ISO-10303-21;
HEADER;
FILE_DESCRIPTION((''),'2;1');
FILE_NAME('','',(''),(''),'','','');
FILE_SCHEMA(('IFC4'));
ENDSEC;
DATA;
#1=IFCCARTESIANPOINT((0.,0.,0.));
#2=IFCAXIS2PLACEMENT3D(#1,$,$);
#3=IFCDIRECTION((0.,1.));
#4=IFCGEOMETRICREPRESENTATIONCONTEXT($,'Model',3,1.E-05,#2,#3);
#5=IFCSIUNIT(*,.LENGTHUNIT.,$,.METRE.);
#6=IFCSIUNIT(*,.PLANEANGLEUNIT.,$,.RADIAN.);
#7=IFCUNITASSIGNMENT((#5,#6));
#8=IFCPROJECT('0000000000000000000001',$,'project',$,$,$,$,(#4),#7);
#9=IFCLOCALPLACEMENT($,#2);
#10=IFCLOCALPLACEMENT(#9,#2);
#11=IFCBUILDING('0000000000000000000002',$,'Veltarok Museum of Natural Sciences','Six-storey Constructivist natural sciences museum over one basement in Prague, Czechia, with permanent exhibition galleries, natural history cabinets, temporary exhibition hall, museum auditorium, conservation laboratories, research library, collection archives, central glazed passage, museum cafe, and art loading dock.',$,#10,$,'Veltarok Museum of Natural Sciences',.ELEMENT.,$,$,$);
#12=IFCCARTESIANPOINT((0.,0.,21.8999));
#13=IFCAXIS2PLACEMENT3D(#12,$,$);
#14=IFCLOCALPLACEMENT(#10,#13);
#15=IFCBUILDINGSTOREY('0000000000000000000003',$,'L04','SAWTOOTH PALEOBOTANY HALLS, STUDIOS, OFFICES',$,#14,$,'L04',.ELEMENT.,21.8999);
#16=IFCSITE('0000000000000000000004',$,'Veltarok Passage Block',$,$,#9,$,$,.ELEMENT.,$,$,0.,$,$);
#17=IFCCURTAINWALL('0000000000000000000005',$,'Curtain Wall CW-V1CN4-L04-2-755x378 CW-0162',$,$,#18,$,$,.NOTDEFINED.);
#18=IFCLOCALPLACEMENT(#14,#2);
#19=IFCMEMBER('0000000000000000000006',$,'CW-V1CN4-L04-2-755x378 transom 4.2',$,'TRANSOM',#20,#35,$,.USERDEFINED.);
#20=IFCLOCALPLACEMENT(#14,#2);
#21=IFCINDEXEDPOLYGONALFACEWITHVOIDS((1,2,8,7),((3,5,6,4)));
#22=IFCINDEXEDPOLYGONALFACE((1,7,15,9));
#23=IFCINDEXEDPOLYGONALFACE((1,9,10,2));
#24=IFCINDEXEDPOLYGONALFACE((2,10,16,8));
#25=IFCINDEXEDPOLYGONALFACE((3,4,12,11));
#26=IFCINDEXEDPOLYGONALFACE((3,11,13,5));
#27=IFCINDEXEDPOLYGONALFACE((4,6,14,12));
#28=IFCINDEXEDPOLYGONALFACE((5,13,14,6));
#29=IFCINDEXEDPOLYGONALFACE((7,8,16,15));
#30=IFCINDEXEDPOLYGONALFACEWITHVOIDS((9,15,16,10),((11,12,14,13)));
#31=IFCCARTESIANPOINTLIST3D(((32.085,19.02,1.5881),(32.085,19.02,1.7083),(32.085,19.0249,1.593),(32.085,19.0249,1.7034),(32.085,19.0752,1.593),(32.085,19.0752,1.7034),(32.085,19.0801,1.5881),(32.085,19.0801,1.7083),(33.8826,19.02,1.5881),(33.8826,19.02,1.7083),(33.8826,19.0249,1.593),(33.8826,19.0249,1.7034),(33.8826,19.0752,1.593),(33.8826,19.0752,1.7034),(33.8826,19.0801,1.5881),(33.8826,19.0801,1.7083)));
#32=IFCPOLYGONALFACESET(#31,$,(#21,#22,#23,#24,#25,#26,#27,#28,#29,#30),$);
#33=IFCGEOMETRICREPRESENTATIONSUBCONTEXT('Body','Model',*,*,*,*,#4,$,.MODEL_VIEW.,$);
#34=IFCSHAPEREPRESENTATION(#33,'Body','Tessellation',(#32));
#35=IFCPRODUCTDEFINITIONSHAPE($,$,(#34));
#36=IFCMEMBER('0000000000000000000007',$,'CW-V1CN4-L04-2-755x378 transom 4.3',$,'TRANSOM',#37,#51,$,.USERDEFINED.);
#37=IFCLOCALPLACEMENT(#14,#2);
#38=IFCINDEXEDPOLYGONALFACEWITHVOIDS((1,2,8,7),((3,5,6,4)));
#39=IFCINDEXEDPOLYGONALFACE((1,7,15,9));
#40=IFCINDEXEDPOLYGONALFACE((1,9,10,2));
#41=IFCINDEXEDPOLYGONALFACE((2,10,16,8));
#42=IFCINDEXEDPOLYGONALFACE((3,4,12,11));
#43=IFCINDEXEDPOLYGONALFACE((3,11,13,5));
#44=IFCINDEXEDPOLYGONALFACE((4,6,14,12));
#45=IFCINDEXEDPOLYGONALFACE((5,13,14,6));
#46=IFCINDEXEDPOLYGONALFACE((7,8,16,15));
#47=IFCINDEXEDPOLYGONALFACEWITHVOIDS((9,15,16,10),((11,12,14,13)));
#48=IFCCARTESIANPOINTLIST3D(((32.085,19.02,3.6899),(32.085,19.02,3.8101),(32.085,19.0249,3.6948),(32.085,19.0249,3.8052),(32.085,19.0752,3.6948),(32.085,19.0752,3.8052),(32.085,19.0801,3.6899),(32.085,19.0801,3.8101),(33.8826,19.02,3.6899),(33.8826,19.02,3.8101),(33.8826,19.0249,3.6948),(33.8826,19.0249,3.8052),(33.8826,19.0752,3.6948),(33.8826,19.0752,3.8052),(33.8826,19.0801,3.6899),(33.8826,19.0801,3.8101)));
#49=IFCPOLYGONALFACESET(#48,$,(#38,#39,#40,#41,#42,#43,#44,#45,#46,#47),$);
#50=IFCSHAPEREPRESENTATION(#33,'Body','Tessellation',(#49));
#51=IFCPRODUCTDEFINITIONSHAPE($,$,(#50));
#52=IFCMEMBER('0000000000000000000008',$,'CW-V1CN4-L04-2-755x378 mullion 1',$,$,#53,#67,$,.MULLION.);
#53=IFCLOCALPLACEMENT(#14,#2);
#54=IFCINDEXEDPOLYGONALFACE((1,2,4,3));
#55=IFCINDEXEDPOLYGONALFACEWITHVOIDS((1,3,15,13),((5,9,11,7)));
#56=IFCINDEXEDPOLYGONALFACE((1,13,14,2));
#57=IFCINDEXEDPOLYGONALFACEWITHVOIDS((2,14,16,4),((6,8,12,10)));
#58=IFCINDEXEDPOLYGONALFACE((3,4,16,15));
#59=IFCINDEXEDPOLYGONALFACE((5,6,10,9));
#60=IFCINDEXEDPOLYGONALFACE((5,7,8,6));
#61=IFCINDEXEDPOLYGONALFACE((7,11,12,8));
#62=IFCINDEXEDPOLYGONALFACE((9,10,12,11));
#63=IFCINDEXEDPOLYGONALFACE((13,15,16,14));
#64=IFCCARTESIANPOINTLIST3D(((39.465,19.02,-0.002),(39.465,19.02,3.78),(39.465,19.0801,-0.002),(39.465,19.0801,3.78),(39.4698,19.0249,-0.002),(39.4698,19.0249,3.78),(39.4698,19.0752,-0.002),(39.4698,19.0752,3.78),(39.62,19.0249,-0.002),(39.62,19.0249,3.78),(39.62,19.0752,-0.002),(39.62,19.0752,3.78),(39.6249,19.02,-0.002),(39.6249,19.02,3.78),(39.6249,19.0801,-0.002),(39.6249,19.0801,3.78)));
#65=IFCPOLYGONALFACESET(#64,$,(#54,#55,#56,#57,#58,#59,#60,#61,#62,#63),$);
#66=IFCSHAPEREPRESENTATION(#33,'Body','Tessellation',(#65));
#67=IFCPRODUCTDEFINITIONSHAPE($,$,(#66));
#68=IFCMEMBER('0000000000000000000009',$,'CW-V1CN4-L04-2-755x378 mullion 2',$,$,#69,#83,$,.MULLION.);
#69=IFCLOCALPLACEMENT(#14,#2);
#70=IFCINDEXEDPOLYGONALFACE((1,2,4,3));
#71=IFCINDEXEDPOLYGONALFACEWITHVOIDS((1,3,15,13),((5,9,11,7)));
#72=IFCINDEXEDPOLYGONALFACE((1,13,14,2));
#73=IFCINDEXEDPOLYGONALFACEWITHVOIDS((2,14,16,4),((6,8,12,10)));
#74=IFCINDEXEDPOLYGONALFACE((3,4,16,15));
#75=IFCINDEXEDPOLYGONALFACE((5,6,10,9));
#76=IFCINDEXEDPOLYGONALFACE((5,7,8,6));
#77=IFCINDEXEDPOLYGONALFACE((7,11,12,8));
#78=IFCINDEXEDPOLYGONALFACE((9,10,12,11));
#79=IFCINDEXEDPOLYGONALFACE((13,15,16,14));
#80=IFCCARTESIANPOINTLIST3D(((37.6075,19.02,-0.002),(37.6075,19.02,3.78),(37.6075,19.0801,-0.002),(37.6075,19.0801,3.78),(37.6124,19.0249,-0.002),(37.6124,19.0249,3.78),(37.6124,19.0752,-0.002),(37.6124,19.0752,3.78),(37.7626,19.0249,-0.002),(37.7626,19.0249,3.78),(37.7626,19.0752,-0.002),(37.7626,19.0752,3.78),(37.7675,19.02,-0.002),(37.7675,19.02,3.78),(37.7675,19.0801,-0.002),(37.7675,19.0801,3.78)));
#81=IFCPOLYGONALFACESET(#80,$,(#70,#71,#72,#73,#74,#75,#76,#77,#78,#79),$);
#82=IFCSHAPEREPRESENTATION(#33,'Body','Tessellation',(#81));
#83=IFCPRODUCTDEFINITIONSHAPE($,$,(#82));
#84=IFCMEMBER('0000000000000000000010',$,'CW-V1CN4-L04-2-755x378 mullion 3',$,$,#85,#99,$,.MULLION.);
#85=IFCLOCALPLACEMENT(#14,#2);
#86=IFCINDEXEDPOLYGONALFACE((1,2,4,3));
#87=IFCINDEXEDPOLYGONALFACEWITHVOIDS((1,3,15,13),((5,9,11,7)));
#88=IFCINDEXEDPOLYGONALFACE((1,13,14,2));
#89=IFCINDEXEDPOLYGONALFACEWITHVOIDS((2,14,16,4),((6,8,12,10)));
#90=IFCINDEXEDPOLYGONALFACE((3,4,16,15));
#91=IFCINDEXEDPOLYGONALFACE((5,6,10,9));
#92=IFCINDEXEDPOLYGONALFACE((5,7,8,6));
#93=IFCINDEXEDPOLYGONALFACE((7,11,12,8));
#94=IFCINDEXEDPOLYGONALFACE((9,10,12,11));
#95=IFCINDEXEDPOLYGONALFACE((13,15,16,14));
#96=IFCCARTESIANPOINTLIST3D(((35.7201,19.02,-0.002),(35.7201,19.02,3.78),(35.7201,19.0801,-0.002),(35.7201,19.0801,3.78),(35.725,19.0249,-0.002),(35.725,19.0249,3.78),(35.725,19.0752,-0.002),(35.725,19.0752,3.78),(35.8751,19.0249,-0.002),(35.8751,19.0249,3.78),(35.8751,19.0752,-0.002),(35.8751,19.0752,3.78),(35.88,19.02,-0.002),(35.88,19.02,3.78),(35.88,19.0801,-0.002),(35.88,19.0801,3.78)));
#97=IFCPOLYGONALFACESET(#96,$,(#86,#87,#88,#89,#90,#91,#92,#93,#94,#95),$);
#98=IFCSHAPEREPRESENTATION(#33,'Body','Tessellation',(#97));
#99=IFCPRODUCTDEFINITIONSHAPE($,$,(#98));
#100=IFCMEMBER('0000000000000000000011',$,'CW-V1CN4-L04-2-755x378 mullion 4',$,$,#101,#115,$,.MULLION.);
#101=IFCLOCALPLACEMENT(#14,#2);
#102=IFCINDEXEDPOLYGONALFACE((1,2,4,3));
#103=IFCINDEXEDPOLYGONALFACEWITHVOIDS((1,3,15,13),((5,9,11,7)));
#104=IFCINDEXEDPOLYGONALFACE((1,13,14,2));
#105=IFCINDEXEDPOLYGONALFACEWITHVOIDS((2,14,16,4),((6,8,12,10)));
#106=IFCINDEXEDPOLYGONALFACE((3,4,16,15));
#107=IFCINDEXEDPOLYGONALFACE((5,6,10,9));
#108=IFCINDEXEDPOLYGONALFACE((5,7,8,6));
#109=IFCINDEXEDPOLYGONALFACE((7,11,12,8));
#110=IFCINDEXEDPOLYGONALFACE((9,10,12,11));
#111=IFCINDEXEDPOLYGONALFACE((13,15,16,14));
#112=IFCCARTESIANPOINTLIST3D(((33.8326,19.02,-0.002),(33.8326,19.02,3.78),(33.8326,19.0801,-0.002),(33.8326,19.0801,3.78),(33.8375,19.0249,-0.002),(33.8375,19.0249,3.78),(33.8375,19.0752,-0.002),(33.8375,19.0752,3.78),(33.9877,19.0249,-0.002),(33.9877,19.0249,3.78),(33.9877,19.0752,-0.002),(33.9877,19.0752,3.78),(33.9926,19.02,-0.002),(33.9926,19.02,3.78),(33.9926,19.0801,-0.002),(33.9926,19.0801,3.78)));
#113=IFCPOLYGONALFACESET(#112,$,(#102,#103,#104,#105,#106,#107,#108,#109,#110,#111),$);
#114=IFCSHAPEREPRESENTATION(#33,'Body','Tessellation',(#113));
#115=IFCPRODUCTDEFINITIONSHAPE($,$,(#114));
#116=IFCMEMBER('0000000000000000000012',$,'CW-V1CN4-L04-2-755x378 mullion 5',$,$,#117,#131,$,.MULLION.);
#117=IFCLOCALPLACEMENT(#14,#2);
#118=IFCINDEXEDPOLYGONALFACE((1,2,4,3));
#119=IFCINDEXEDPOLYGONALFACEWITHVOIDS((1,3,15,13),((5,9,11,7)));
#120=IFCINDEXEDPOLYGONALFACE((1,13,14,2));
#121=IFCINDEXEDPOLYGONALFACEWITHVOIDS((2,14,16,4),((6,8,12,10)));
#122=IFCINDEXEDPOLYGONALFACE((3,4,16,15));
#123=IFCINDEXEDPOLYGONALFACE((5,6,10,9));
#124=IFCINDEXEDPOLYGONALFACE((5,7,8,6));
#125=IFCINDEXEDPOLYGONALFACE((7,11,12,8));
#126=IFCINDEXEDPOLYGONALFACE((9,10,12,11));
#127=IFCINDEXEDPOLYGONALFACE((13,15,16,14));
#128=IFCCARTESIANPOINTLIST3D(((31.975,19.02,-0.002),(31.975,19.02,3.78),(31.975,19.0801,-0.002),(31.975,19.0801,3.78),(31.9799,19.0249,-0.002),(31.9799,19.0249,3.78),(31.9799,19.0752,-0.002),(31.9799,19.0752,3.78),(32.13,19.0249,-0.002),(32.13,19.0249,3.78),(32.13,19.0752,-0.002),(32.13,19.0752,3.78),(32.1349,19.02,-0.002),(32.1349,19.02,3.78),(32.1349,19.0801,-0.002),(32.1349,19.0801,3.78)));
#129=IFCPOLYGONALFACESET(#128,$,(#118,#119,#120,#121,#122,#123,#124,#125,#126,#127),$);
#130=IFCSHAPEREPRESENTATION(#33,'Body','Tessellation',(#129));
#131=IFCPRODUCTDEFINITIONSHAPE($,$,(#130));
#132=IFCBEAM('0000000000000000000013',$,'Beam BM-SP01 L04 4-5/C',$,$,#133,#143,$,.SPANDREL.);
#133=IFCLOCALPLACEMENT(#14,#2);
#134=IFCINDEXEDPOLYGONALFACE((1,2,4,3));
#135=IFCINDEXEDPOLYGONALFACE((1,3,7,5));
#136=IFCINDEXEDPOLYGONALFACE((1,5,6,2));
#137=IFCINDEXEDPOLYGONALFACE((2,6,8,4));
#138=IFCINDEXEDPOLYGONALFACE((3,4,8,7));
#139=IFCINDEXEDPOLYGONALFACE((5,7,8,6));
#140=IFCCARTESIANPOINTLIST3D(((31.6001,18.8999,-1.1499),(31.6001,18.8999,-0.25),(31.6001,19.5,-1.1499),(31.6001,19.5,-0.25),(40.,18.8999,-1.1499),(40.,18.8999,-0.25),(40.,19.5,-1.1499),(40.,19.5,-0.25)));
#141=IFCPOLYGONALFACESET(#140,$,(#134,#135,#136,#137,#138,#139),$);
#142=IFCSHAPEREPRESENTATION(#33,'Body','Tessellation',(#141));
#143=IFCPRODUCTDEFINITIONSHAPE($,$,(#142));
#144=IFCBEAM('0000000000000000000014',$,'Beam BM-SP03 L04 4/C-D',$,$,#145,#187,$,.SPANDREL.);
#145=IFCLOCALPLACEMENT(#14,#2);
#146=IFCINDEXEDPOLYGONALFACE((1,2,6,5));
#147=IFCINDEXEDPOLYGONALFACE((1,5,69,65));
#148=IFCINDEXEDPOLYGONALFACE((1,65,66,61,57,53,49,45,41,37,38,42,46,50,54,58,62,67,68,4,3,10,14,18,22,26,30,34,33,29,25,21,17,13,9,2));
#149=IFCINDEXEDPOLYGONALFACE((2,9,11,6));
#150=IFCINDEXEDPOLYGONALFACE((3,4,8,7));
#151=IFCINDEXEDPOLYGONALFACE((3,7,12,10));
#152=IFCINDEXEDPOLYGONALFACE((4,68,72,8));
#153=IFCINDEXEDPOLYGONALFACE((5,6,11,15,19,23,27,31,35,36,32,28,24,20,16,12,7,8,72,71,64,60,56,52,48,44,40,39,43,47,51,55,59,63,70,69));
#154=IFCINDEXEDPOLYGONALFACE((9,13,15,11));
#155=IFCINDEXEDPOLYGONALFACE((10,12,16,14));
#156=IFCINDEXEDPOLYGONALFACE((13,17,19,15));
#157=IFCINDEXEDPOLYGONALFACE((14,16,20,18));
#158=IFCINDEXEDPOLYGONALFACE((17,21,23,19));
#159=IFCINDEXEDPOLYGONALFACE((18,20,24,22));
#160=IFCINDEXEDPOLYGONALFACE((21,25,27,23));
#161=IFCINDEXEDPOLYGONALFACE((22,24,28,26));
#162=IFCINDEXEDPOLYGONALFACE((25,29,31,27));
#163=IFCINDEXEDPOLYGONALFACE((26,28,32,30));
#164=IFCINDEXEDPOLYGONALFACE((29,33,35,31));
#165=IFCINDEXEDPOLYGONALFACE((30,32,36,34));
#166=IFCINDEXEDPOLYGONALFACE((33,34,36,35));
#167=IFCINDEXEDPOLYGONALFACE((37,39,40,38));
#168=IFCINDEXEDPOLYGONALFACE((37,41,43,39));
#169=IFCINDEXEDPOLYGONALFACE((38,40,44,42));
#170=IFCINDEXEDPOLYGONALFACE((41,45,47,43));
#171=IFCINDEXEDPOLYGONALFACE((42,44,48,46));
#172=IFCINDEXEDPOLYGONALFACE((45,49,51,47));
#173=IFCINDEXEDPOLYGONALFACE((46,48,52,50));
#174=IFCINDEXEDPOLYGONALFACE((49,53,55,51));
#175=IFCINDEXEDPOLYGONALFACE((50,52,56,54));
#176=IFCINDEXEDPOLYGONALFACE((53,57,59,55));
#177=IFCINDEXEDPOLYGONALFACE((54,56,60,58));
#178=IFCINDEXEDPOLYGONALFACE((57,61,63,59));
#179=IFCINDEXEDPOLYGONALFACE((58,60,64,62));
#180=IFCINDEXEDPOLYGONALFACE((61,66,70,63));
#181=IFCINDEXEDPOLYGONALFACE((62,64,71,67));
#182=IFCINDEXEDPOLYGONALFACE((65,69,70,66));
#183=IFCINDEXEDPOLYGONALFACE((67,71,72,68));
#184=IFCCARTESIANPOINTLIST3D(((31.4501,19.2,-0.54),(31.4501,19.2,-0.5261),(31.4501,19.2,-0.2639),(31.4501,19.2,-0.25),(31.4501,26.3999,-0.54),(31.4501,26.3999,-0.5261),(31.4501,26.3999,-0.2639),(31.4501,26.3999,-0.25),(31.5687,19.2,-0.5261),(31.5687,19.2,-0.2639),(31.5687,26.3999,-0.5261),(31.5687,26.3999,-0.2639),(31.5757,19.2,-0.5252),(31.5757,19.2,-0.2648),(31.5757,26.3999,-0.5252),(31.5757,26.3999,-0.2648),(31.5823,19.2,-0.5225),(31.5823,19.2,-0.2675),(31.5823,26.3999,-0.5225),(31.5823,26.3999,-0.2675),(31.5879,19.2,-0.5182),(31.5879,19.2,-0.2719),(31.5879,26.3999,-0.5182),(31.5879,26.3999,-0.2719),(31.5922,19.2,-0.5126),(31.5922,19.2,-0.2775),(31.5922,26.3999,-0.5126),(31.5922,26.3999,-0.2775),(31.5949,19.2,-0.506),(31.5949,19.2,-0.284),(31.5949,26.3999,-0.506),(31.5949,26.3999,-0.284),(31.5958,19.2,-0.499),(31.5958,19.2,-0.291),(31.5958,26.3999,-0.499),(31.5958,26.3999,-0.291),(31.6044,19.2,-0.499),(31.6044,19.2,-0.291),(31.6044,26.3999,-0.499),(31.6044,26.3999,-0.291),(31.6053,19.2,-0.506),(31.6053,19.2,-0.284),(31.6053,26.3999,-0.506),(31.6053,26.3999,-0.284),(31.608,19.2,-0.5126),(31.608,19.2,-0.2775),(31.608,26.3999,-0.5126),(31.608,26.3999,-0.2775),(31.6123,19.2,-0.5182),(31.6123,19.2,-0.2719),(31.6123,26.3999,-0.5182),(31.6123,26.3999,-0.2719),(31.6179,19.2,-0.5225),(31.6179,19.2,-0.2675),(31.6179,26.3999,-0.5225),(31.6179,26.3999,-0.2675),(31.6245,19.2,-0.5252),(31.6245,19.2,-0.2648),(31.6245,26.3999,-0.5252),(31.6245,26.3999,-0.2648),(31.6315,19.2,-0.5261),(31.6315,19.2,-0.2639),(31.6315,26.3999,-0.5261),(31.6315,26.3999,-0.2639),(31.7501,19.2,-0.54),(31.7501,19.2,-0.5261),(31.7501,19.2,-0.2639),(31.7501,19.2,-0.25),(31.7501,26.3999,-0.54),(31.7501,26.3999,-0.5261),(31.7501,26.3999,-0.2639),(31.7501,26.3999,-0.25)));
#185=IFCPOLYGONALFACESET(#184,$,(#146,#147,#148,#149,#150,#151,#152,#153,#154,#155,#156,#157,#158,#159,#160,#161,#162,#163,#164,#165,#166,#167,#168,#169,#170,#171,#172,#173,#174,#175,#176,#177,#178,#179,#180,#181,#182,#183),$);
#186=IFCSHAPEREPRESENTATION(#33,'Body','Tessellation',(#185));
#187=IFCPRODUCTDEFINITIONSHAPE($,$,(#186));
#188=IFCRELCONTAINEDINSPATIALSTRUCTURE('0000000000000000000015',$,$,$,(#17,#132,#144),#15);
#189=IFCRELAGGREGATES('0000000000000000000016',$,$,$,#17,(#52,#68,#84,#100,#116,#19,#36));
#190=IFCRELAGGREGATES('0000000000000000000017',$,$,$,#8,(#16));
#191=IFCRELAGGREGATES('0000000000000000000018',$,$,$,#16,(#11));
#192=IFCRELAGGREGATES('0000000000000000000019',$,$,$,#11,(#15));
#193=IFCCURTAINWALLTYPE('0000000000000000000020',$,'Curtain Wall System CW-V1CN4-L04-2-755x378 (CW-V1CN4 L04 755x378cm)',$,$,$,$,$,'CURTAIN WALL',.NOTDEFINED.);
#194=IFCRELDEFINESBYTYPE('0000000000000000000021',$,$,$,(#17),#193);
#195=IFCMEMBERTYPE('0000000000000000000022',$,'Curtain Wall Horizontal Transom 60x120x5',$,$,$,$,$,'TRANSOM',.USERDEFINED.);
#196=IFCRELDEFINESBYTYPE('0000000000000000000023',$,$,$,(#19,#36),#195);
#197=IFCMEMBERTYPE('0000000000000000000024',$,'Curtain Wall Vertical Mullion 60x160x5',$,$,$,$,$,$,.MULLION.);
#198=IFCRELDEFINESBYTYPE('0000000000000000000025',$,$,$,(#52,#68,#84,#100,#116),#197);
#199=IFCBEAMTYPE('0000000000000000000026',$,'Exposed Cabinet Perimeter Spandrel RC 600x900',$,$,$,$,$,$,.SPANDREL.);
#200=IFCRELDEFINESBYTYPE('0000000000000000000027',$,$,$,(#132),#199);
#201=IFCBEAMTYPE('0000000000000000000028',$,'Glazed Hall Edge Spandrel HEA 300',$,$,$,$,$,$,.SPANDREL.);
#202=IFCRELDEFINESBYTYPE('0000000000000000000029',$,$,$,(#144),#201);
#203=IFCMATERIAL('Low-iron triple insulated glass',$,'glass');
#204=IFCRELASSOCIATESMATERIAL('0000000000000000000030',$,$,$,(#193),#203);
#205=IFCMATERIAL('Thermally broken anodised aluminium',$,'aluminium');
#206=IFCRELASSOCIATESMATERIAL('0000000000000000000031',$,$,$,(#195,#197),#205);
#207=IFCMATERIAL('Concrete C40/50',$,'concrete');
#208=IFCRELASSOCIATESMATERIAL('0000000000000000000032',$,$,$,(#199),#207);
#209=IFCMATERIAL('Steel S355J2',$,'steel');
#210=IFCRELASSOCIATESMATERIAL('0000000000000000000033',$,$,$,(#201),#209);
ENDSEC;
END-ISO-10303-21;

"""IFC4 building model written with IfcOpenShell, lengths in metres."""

from ifc_helpers import new_model, si_unit, direction, frame, origin, origin_2d, place, context, subcontext, project, spatial, rectangle, hollow_rectangle, i_section, extrude, material, material_profile, profile_set, type_object, element, aggregate, save


model = new_model("IFC4")

# Units and contexts
model_context = context("Model", 3, precision=1e-05, world=origin(), true_north=direction((0.0, 1.0)))
body_context = subcontext(model_context, "Body", "Model", "MODEL_VIEW")
ifc_project = project(units=[si_unit("LENGTHUNIT", "METRE"), si_unit("PLANEANGLEUNIT", "RADIAN")], contexts=[model_context])

# Site, building, storey
site_placement = place(None, origin())
site = spatial("IfcSite", under=ifc_project, at=site_placement, Name="Veltarok Passage Block", CompositionType="ELEMENT", RefElevation=0.0)
building_placement = place(site_placement, origin())
building = spatial("IfcBuilding", under=site, at=building_placement, Name="Veltarok Museum of Natural Sciences", Description="Six-storey Constructivist natural sciences museum over one basement in Prague, Czechia, with permanent exhibition galleries, natural history cabinets, temporary exhibition hall, museum auditorium, conservation laboratories, research library, collection archives, central glazed passage, museum cafe, and art loading dock.", LongName="Veltarok Museum of Natural Sciences", CompositionType="ELEMENT")
storey_placement = place(building_placement, frame((0.0, 0.0, 21.8999)))
storey = spatial("IfcBuildingStorey", under=building, at=storey_placement, Name="L04", Description="SAWTOOTH PALEOBOTANY HALLS, STUDIOS, OFFICES", LongName="L04", CompositionType="ELEMENT", Elevation=21.8999)

# Shared definitions
ifc_material_1 = material(Name="Concrete C40/50", Category="concrete")

# Curtain wall, members
ifc_material_2 = material(Name="Low-iron triple insulated glass", Category="glass")
curtain_wall_type = type_object("IfcCurtainWallType", Name="Curtain Wall System CW-V1CN4-L04-2-755x378 (CW-V1CN4 L04 755x378cm)", ElementType="CURTAIN WALL", PredefinedType="NOTDEFINED", material=ifc_material_2)
curtain_wall_placement = place(storey_placement, origin())
curtain_wall = element("IfcCurtainWall", 1, at=curtain_wall_placement, inside=storey, type_object=curtain_wall_type, Name="Curtain Wall CW-V1CN4-L04-2-755x378 CW-0162", PredefinedType="NOTDEFINED")
ifc_material_3 = material(Name="Thermally broken anodised aluminium", Category="aluminium")
ifc_material_profile_1 = material_profile(ifc_material_3, hollow_rectangle(XDim=0.0601, YDim=0.1201, WallThickness=0.0049, at=origin_2d()), Name="CW TRANSOM 60x120x5")
ifc_profile_set_1 = profile_set([ifc_material_profile_1], Name="Thermally broken anodised aluminium")
member_type_1 = type_object("IfcMemberType", Name="Curtain Wall Horizontal Transom 60x120x5", ElementType="TRANSOM", PredefinedType="USERDEFINED", material=ifc_profile_set_1)
member_1_placement = place(storey_placement, frame((33.8826, 19.05, 1.6482), z_axis=(-1.0, 0.0, 0.0), x_axis=(0.0, -1.0, 0.0)))
member_1 = element("IfcMember", 2, at=member_1_placement, type_object=member_type_1, Name="CW-V1CN4-L04-2-755x378 transom 4.2", ObjectType="TRANSOM", PredefinedType="USERDEFINED", context=body_context, shape_type="SweptSolid", body=[
    extrude(hollow_rectangle(XDim=0.0601, YDim=0.1201, WallThickness=0.0049, at=origin_2d()), origin(), (0.0, 0.0, 1.0), 1.7976),
])
member_2_placement = place(storey_placement, frame((33.8826, 19.05, 3.75), z_axis=(-1.0, 0.0, 0.0), x_axis=(0.0, -1.0, 0.0)))
member_2 = element("IfcMember", 3, at=member_2_placement, type_object=member_type_1, Name="CW-V1CN4-L04-2-755x378 transom 4.3", ObjectType="TRANSOM", PredefinedType="USERDEFINED", context=body_context, shape_type="SweptSolid", body=[
    extrude(hollow_rectangle(XDim=0.0601, YDim=0.1201, WallThickness=0.0049, at=origin_2d()), origin(), (0.0, 0.0, 1.0), 1.7976),
])
ifc_material_profile_2 = material_profile(ifc_material_3, hollow_rectangle(XDim=0.0601, YDim=0.1599, WallThickness=0.0049, at=origin_2d()), Name="CW MULLION 60x160x5")
ifc_profile_set_2 = profile_set([ifc_material_profile_2], Name="Thermally broken anodised aluminium")
member_type_2 = type_object("IfcMemberType", Name="Curtain Wall Vertical Mullion 60x160x5", PredefinedType="MULLION", material=ifc_profile_set_2)
member_3_placement = place(storey_placement, frame((39.5449, 19.05, -0.002), z_axis=(0.0, 0.0, 1.0), x_axis=(0.0, -1.0, 0.0)))
member_3 = element("IfcMember", 4, at=member_3_placement, type_object=member_type_2, Name="CW-V1CN4-L04-2-755x378 mullion 1", PredefinedType="MULLION", context=body_context, shape_type="SweptSolid", body=[
    extrude(hollow_rectangle(XDim=0.0601, YDim=0.1599, WallThickness=0.0049, at=origin_2d()), origin(), (0.0, 0.0, 1.0), 3.782),
])
member_4_placement = place(storey_placement, frame((37.6875, 19.05, -0.002), z_axis=(0.0, 0.0, 1.0), x_axis=(0.0, -1.0, 0.0)))
member_4 = element("IfcMember", 5, at=member_4_placement, type_object=member_type_2, Name="CW-V1CN4-L04-2-755x378 mullion 2", PredefinedType="MULLION", context=body_context, shape_type="SweptSolid", body=[
    extrude(hollow_rectangle(XDim=0.0601, YDim=0.1599, WallThickness=0.0049, at=origin_2d()), origin(), (0.0, 0.0, 1.0), 3.782),
])
member_5_placement = place(storey_placement, frame((35.8, 19.05, -0.002), z_axis=(0.0, 0.0, 1.0), x_axis=(0.0, -1.0, 0.0)))
member_5 = element("IfcMember", 6, at=member_5_placement, type_object=member_type_2, Name="CW-V1CN4-L04-2-755x378 mullion 3", PredefinedType="MULLION", context=body_context, shape_type="SweptSolid", body=[
    extrude(hollow_rectangle(XDim=0.0601, YDim=0.1599, WallThickness=0.0049, at=origin_2d()), origin(), (0.0, 0.0, 1.0), 3.782),
])
member_6_placement = place(storey_placement, frame((33.9126, 19.05, -0.002), z_axis=(0.0, 0.0, 1.0), x_axis=(0.0, -1.0, 0.0)))
member_6 = element("IfcMember", 7, at=member_6_placement, type_object=member_type_2, Name="CW-V1CN4-L04-2-755x378 mullion 4", PredefinedType="MULLION", context=body_context, shape_type="SweptSolid", body=[
    extrude(hollow_rectangle(XDim=0.0601, YDim=0.1599, WallThickness=0.0049, at=origin_2d()), origin(), (0.0, 0.0, 1.0), 3.782),
])
member_7_placement = place(storey_placement, frame((32.0549, 19.05, -0.002), z_axis=(0.0, 0.0, 1.0), x_axis=(0.0, -1.0, 0.0)))
member_7 = element("IfcMember", 8, at=member_7_placement, type_object=member_type_2, Name="CW-V1CN4-L04-2-755x378 mullion 5", PredefinedType="MULLION", context=body_context, shape_type="SweptSolid", body=[
    extrude(hollow_rectangle(XDim=0.0601, YDim=0.1599, WallThickness=0.0049, at=origin_2d()), origin(), (0.0, 0.0, 1.0), 3.782),
])

# Beams
ifc_material_profile_3 = material_profile(ifc_material_1, rectangle(XDim=0.6001, YDim=0.8999, at=origin_2d()), Name="RC 600x900")
ifc_profile_set_3 = profile_set([ifc_material_profile_3], Name="Concrete C40/50")
beam_type_1 = type_object("IfcBeamType", Name="Exposed Cabinet Perimeter Spandrel RC 600x900", PredefinedType="SPANDREL", material=ifc_profile_set_3)
beam_1_placement = place(storey_placement, frame((31.6001, 19.2, -0.7), z_axis=(1.0, 0.0, 0.0), x_axis=(0.0, 1.0, 0.0)))
element("IfcBeam", 9, at=beam_1_placement, inside=storey, type_object=beam_type_1, Name="Beam BM-SP01 L04 4-5/C", PredefinedType="SPANDREL", context=body_context, shape_type="SweptSolid", body=[
    extrude(rectangle(XDim=0.6001, YDim=0.8999, at=origin_2d()), origin(), (0.0, 0.0, 1.0), 8.3999),
])
ifc_material_4 = material(Name="Steel S355J2", Category="steel")
ifc_material_profile_4 = material_profile(ifc_material_4, i_section(OverallWidth=0.3, OverallDepth=0.29, WebThickness=0.0085, FlangeThickness=0.0139, FilletRadius=0.0271, at=origin_2d()), Name="HEA 300")
ifc_profile_set_4 = profile_set([ifc_material_profile_4], Name="Steel S355J2")
beam_type_2 = type_object("IfcBeamType", Name="Glazed Hall Edge Spandrel HEA 300", PredefinedType="SPANDREL", material=ifc_profile_set_4)
beam_2_placement = place(storey_placement, frame((31.6001, 19.2, -0.395), z_axis=(0.0, 1.0, 0.0), x_axis=(-1.0, 0.0, 0.0)))
element("IfcBeam", 10, at=beam_2_placement, inside=storey, type_object=beam_type_2, Name="Beam BM-SP03 L04 4/C-D", PredefinedType="SPANDREL", context=body_context, shape_type="SweptSolid", body=[
    extrude(i_section(OverallWidth=0.3, OverallDepth=0.29, WebThickness=0.0085, FlangeThickness=0.0139, FilletRadius=0.0271, at=origin_2d()), origin(), (0.0, 0.0, 1.0), 7.2),
])

aggregate(curtain_wall, [member_3, member_4, member_5, member_6, member_7, member_1, member_2])

save(model, "model.ifc")
